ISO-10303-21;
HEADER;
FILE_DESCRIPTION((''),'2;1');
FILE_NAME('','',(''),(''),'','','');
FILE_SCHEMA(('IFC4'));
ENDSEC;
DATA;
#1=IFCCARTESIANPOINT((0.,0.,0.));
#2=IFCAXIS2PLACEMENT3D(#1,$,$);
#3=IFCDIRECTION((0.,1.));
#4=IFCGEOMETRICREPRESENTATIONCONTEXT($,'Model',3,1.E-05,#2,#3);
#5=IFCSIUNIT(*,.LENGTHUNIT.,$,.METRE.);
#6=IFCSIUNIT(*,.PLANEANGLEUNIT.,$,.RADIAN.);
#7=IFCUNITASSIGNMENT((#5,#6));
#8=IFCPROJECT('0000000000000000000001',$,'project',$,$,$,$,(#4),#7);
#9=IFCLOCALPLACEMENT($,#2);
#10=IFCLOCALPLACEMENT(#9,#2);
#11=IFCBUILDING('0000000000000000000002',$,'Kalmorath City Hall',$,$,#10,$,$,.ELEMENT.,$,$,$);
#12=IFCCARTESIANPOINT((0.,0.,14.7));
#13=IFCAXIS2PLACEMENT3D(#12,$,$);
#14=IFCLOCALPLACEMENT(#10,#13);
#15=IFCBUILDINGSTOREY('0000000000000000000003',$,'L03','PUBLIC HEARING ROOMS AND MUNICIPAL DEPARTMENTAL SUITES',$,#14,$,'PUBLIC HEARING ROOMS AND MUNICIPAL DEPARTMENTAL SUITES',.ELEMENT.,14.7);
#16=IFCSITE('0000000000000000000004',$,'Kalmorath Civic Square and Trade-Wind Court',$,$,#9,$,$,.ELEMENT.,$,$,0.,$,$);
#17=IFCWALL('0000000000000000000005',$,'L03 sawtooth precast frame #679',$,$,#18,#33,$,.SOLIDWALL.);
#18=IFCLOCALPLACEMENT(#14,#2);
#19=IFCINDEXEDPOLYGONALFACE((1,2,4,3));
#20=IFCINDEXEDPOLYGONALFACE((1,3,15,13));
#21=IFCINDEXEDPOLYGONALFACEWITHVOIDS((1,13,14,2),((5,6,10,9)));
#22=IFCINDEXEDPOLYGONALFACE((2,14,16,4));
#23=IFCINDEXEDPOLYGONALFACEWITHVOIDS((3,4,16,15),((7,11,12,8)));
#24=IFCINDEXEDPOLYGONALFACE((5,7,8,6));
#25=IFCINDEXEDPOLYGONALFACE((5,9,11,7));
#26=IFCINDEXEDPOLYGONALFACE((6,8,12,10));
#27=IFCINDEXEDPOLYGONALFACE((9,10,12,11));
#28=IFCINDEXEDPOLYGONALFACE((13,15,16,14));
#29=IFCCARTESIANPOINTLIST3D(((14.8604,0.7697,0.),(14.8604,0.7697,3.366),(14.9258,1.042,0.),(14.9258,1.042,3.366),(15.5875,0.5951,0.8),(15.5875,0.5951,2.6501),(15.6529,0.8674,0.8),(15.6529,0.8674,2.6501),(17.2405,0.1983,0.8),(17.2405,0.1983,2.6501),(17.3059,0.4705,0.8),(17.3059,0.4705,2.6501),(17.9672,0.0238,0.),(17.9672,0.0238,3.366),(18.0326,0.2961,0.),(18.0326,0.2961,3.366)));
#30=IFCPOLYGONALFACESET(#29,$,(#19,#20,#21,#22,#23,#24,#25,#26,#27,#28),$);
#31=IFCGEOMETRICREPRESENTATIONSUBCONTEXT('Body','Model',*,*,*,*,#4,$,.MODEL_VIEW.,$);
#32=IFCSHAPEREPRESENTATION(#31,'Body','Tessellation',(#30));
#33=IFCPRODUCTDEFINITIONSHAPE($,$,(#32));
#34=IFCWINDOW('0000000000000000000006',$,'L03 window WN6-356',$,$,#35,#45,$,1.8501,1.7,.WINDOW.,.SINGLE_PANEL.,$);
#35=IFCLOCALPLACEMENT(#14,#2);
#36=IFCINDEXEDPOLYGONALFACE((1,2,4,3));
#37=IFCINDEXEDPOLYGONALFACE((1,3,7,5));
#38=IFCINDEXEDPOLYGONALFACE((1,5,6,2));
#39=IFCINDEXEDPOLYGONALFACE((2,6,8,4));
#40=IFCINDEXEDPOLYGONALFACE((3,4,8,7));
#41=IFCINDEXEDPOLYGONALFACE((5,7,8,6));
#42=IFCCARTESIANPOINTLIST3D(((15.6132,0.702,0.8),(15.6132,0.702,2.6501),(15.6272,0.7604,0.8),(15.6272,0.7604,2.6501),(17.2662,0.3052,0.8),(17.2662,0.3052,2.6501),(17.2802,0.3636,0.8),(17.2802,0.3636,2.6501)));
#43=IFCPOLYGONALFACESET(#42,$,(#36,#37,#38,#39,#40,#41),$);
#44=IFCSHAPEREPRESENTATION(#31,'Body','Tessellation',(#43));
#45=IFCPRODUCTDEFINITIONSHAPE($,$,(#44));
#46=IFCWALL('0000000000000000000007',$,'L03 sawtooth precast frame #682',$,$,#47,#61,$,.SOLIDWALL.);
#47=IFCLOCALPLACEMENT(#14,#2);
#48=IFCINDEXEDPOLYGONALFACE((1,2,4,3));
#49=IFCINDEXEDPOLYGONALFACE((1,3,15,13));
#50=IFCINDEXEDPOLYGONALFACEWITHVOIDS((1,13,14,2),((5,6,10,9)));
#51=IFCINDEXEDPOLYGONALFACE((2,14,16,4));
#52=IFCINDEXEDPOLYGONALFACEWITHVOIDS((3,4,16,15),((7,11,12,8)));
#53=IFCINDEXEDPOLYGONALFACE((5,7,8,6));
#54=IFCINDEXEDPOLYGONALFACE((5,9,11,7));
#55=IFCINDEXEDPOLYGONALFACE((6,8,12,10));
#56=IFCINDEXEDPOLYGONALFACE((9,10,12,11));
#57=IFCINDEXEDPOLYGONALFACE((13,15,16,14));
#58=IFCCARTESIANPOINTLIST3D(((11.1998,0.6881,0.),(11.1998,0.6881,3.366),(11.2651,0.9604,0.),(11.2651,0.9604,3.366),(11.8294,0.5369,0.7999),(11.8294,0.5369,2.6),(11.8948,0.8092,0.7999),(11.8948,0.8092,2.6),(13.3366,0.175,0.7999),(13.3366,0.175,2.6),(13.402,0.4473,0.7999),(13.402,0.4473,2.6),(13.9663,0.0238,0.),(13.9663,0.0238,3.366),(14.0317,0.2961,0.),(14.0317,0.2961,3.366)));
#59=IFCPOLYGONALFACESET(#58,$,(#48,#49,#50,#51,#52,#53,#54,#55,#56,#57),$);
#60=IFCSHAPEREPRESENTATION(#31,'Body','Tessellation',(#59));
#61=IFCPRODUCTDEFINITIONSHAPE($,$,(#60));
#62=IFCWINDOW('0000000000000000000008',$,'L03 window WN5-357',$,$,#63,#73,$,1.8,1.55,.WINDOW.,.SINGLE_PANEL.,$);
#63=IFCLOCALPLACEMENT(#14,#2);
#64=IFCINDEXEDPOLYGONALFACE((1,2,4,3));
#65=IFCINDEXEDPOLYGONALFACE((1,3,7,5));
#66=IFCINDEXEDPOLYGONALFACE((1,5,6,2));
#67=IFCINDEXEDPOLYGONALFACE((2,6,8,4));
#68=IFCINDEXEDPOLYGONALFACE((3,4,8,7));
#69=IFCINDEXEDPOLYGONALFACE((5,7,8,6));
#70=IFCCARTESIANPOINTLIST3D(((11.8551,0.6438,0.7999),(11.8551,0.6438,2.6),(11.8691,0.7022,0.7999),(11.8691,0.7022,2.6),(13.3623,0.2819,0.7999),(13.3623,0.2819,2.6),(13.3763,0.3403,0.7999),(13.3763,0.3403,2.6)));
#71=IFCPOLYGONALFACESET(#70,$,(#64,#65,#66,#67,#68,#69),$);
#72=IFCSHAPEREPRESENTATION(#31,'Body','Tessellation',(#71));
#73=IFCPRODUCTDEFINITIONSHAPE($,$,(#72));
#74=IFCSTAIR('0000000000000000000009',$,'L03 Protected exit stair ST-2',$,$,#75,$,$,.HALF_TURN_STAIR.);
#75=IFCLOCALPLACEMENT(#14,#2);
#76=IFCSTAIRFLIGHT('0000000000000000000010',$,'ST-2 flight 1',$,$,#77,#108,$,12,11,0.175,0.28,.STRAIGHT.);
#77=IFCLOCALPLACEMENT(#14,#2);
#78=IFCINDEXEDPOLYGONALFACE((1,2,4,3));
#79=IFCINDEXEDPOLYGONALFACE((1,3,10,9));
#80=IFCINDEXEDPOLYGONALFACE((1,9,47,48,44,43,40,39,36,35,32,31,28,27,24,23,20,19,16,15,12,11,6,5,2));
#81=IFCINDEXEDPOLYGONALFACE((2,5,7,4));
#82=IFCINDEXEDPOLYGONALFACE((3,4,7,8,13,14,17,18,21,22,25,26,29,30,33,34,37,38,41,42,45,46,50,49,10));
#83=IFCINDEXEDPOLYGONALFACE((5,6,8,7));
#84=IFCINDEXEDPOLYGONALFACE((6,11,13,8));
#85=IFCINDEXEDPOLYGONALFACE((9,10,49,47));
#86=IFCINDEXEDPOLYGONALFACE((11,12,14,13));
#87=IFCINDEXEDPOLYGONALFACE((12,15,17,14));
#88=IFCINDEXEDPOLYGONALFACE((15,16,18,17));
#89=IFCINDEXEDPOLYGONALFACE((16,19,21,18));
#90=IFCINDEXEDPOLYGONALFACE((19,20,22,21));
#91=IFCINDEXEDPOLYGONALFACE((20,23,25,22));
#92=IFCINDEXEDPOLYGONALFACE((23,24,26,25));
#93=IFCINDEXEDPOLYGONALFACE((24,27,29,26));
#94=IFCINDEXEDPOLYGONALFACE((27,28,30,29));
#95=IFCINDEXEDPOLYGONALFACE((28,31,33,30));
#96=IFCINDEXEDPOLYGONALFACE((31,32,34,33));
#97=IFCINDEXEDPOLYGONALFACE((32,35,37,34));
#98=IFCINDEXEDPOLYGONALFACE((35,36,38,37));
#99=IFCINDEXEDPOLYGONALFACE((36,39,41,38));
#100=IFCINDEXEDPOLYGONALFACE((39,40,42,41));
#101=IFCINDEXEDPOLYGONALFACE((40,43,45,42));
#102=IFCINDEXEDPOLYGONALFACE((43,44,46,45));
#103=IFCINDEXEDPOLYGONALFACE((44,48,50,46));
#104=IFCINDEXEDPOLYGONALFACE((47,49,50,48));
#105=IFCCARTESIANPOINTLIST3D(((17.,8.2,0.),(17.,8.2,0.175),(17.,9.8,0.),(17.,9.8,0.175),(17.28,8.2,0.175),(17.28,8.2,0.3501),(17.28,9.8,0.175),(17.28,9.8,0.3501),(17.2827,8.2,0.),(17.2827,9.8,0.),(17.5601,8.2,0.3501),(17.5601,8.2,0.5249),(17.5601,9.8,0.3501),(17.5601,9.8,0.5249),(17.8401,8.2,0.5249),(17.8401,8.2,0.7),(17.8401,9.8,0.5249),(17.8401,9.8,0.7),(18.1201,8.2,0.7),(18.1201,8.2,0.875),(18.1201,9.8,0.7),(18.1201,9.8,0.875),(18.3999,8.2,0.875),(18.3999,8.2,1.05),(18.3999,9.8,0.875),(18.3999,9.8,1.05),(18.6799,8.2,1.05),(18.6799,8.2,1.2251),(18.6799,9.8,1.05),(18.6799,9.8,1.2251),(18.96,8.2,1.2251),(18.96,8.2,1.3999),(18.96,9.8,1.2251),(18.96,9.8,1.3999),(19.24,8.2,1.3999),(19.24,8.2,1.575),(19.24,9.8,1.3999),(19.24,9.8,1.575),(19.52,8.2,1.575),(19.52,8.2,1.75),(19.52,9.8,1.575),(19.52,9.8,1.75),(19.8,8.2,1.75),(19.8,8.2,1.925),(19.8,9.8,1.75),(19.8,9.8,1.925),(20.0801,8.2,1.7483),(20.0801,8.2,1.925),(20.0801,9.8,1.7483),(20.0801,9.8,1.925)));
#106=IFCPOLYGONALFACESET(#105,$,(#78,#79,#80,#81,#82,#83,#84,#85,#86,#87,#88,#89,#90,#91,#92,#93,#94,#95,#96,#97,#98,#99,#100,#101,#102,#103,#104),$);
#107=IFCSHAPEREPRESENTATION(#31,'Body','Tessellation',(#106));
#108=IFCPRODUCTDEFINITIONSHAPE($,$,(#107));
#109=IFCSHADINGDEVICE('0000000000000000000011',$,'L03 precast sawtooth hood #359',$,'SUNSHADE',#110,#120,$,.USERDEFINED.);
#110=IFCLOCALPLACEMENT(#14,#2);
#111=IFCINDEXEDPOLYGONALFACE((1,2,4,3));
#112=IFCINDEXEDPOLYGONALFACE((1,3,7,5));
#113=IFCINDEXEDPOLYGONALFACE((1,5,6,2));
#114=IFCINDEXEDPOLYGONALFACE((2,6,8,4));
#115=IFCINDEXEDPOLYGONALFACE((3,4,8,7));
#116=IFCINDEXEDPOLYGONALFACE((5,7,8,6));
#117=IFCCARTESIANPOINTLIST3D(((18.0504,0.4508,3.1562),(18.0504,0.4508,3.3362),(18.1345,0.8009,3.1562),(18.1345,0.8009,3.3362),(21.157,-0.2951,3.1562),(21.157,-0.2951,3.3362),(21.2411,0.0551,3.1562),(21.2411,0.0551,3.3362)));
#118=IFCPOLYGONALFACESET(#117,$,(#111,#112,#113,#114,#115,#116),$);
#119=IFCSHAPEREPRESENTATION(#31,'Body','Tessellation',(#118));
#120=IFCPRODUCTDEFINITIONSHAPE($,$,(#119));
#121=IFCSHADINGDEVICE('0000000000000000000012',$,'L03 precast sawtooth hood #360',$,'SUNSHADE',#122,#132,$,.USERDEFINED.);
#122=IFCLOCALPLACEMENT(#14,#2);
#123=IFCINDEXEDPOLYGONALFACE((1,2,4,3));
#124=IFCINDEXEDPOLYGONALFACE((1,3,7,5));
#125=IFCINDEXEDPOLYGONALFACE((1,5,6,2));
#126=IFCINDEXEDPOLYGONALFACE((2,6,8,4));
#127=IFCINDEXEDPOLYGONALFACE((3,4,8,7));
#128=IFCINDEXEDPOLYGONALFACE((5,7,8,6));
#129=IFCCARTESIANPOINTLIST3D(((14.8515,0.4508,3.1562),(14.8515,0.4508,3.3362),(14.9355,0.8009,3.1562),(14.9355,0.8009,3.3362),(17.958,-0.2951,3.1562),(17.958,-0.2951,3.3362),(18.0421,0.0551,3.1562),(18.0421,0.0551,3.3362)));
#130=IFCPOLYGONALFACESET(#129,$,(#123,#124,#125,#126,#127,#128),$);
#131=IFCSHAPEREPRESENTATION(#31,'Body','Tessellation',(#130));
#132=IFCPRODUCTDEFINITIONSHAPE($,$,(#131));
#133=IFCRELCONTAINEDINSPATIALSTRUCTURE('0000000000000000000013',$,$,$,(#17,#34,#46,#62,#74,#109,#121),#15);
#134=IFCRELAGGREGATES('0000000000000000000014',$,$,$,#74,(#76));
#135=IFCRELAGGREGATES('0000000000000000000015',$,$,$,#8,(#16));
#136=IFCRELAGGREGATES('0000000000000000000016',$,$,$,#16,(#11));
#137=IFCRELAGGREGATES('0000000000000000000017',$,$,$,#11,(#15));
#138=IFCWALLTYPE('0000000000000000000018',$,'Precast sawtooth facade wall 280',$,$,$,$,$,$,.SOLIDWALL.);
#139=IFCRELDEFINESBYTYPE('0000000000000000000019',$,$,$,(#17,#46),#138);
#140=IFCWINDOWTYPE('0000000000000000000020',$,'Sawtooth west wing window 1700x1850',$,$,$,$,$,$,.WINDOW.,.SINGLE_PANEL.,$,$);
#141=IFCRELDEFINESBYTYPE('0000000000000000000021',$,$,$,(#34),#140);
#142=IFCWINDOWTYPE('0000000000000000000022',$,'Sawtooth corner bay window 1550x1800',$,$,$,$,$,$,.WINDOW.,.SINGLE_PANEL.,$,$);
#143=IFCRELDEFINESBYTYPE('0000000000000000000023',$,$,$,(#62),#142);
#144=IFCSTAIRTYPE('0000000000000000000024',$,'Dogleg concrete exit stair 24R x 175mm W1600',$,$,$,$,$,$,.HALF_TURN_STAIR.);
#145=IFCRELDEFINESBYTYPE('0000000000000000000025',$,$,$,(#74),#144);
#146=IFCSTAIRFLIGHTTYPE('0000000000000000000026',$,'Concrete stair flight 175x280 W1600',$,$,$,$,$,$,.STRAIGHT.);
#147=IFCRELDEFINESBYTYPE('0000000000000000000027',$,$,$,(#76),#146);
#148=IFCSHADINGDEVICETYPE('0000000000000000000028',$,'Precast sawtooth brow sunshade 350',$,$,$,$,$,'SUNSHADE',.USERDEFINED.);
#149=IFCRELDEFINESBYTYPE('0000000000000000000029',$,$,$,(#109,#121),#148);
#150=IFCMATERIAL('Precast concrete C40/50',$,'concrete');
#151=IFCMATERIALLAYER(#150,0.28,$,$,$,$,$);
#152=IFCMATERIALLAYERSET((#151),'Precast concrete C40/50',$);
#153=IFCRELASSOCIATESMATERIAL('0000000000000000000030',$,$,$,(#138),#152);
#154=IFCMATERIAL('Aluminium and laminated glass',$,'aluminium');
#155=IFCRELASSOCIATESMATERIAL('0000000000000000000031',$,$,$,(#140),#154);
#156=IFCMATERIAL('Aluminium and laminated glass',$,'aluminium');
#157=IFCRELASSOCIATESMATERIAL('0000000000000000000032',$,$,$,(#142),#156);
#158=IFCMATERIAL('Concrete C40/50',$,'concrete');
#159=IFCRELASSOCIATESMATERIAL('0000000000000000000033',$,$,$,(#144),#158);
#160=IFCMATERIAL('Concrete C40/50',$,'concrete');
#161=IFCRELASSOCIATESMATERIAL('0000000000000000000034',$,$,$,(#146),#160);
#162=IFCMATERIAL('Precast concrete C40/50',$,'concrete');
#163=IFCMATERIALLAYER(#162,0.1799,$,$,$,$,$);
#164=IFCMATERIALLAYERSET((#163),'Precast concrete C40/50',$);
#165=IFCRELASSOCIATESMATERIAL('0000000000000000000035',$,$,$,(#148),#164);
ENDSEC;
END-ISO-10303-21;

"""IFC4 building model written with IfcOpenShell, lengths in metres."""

from ifc_helpers import new_model, si_unit, direction, frame, frame_2d, origin, origin_2d, place, context, subcontext, project, spatial, polyline, rectangle, outline, extrude, material, layer, layer_set, type_object, element, fill, aggregate, save


model = new_model("IFC4")

# Units and contexts
model_context = context("Model", 3, precision=1e-05, world=origin(), true_north=direction((0.0, 1.0)))
body_context = subcontext(model_context, "Body", "Model", "MODEL_VIEW")
ifc_project = project(units=[si_unit("LENGTHUNIT", "METRE"), si_unit("PLANEANGLEUNIT", "RADIAN")], contexts=[model_context])

# Site, building, storey
site_placement = place(None, origin())
site = spatial("IfcSite", under=ifc_project, at=site_placement, Name="Kalmorath Civic Square and Trade-Wind Court", CompositionType="ELEMENT", RefElevation=0.0)
building_placement = place(site_placement, origin())
building = spatial("IfcBuilding", under=site, at=building_placement, Name="Kalmorath City Hall", CompositionType="ELEMENT")
storey_placement = place(building_placement, frame((0.0, 0.0, 14.7)))
storey = spatial("IfcBuildingStorey", under=building, at=storey_placement, Name="L03", Description="PUBLIC HEARING ROOMS AND MUNICIPAL DEPARTMENTAL SUITES", LongName="PUBLIC HEARING ROOMS AND MUNICIPAL DEPARTMENTAL SUITES", CompositionType="ELEMENT", Elevation=14.7)

# Walls, openings, windows
ifc_material_1 = material(Name="Precast concrete C40/50", Category="concrete")
ifc_layer_1 = layer(ifc_material_1, 0.28)
ifc_layer_set_1 = layer_set([ifc_layer_1], Name="Precast concrete C40/50")
wall_type_1 = type_object("IfcWallType", Name="Precast sawtooth facade wall 280", PredefinedType="SOLIDWALL", material=ifc_layer_set_1)
ifc_material_2 = material(Name="Aluminium and laminated glass", Category="aluminium")
window_type_1 = type_object("IfcWindowType", Name="Sawtooth west wing window 1700x1850", PartitioningType="SINGLE_PANEL", PredefinedType="WINDOW", material=ifc_material_2)
wall_1_placement = place(storey_placement, frame((18.0, 0.1599, 0.0), z_axis=(0.0, 0.0, 1.0), x_axis=(-0.97237, 0.233445, 0.0)))
wall_1 = element("IfcWall", 1, at=wall_1_placement, inside=storey, type_object=wall_type_1, Name="L03 sawtooth precast frame #679", PredefinedType="SOLIDWALL", context=body_context, shape_type="SweptSolid", body=[
    extrude(rectangle(XDim=3.1951, YDim=0.28, at=frame_2d((1.5977, 0.0))), origin(), (0.0, 0.0, 1.0), 3.366),
])
opening_1_placement = place(wall_1_placement, frame((0.7473, 0.0, 0.8)))
opening_1 = element("IfcOpeningElement", 2, at=opening_1_placement, cuts=wall_1, PredefinedType="OPENING", context=body_context, shape_type="SweptSolid", body=[
    extrude(rectangle(XDim=1.7, YDim=1.8501, at=frame_2d((0.8501, 0.925))), frame((0.0, 0.1499, 0.0), z_axis=(0.0, -1.0, 0.0), x_axis=(1.0, 0.0, 0.0)), (0.0, 0.0, 1.0), 0.3),
])
window_1_placement = place(opening_1_placement, origin())
window_1 = element("IfcWindow", 3, at=window_1_placement, inside=storey, type_object=window_type_1, Name="L03 window WN6-356", OverallHeight=1.8501, OverallWidth=1.7, PartitioningType="SINGLE_PANEL", PredefinedType="WINDOW", context=body_context, shape_type="SweptSolid", body=[
    extrude(rectangle(XDim=1.7, YDim=1.8501, at=frame_2d((0.8501, 0.925))), frame((0.0, 0.03, 0.0), z_axis=(0.0, -1.0, 0.0), x_axis=(1.0, 0.0, 0.0)), (0.0, 0.0, 1.0), 0.0601),
])
fill(opening_1, window_1)
wall_2_placement = place(storey_placement, frame((13.999, 0.1599, 0.0), z_axis=(0.0, 0.0, 1.0), x_axis=(-0.972362, 0.23348, 0.0)))
wall_2 = element("IfcWall", 4, at=wall_2_placement, inside=storey, type_object=wall_type_1, Name="L03 sawtooth precast frame #682", PredefinedType="SOLIDWALL", context=body_context, shape_type="SweptSolid", body=[
    extrude(rectangle(XDim=2.8452, YDim=0.28, at=frame_2d((1.4226, 0.0))), origin(), (0.0, 0.0, 1.0), 3.366),
])
opening_2_placement = place(wall_2_placement, frame((0.6477, 0.0, 0.8)))
opening_2 = element("IfcOpeningElement", 5, at=opening_2_placement, cuts=wall_2, PredefinedType="OPENING", context=body_context, shape_type="SweptSolid", body=[
    extrude(rectangle(XDim=1.55, YDim=1.8, at=frame_2d((0.7749, 0.8999))), frame((0.0, 0.1499, 0.0), z_axis=(0.0, -1.0, 0.0), x_axis=(1.0, 0.0, 0.0)), (0.0, 0.0, 1.0), 0.3),
])
ifc_material_3 = material(Name="Aluminium and laminated glass", Category="aluminium")
window_type_2 = type_object("IfcWindowType", Name="Sawtooth corner bay window 1550x1800", PartitioningType="SINGLE_PANEL", PredefinedType="WINDOW", material=ifc_material_3)
window_2_placement = place(opening_2_placement, origin())
window_2 = element("IfcWindow", 6, at=window_2_placement, inside=storey, type_object=window_type_2, Name="L03 window WN5-357", OverallHeight=1.8, OverallWidth=1.55, PartitioningType="SINGLE_PANEL", PredefinedType="WINDOW", context=body_context, shape_type="SweptSolid", body=[
    extrude(rectangle(XDim=1.55, YDim=1.8, at=frame_2d((0.7749, 0.8999))), frame((0.0, 0.03, 0.0), z_axis=(0.0, -1.0, 0.0), x_axis=(1.0, 0.0, 0.0)), (0.0, 0.0, 1.0), 0.0601),
])
fill(opening_2, window_2)

# Stair, stair flight
ifc_material_4 = material(Name="Concrete C40/50", Category="concrete")
stair_type = type_object("IfcStairType", Name="Dogleg concrete exit stair 24R x 175mm W1600", PredefinedType="HALF_TURN_STAIR", material=ifc_material_4)
stair_placement = place(storey_placement, origin())
stair = element("IfcStair", 7, at=stair_placement, inside=storey, type_object=stair_type, Name="L03 Protected exit stair ST-2", PredefinedType="HALF_TURN_STAIR")
ifc_material_5 = material(Name="Concrete C40/50", Category="concrete")
stair_flight_type = type_object("IfcStairFlightType", Name="Concrete stair flight 175x280 W1600", PredefinedType="STRAIGHT", material=ifc_material_5)
stair_flight_placement = place(storey_placement, frame((17.0, 9.0, 0.0), z_axis=(0.0, 0.0, 1.0), x_axis=(1.0, 0.0, 0.0)))
stair_flight = element("IfcStairFlight", 8, at=stair_flight_placement, type_object=stair_flight_type, Name="ST-2 flight 1", NumberOfRisers=12, NumberOfTreads=11, PredefinedType="STRAIGHT", RiserHeight=0.175, TreadLength=0.28, context=body_context, shape_type="SweptSolid", body=[
    extrude(outline(polyline([(0.0, 0.0), (0.0, 0.175), (0.28, 0.175), (0.28, 0.3501), (0.5601, 0.3501), (0.5601, 0.5249), (0.8401, 0.5249), (0.8401, 0.7), (1.1201, 0.7), (1.1201, 0.875), (1.3999, 0.875), (1.3999, 1.05), (1.6799, 1.05), (1.6799, 1.2251), (1.96, 1.2251), (1.96, 1.3999), (2.24, 1.3999), (2.24, 1.575), (2.52, 1.575), (2.52, 1.75), (2.8, 1.75), (2.8, 1.925), (3.0801, 1.925), (3.0801, 2.1001), (3.0801, 1.7483), (0.2827, 0.0), (0.0, 0.0)])), frame((0.0, 0.8, 0.0), z_axis=(0.0, -1.0, 0.0), x_axis=(1.0, 0.0, 0.0)), (0.0, 0.0, 1.0), 1.6001),
])
aggregate(stair, [stair_flight])

# Shading devices
ifc_material_6 = material(Name="Precast concrete C40/50", Category="concrete")
ifc_layer_2 = layer(ifc_material_6, 0.1799)
ifc_layer_set_2 = layer_set([ifc_layer_2], Name="Precast concrete C40/50")
shading_device_type = type_object("IfcShadingDeviceType", Name="Precast sawtooth brow sunshade 350", ElementType="SUNSHADE", PredefinedType="USERDEFINED", material=ifc_layer_set_2)
for number, where, z_axis, x_axis, name in (
    (9, (19.6458, 0.2529, 3.1562), (0.0, 0.0, 1.0), (-0.97237, 0.233445, 0.0), "L03 precast sawtooth hood #359"),
    (10, (16.4468, 0.2529, 3.1562), (0.0, 0.0, 1.0), (-0.97237, 0.233445, 0.0), "L03 precast sawtooth hood #360"),
):
    element("IfcShadingDevice", number, at=place(storey_placement, frame(where, z_axis=z_axis, x_axis=x_axis)), inside=storey, type_object=shading_device_type, Name=name, ObjectType="SUNSHADE", PredefinedType="USERDEFINED", context=body_context, shape_type="SweptSolid", body=[
        extrude(rectangle(XDim=3.1948, YDim=0.3601, at=origin_2d()), origin(), (0.0, 0.0, 1.0), 0.1799),
    ])

save(model, "model.ifc")
